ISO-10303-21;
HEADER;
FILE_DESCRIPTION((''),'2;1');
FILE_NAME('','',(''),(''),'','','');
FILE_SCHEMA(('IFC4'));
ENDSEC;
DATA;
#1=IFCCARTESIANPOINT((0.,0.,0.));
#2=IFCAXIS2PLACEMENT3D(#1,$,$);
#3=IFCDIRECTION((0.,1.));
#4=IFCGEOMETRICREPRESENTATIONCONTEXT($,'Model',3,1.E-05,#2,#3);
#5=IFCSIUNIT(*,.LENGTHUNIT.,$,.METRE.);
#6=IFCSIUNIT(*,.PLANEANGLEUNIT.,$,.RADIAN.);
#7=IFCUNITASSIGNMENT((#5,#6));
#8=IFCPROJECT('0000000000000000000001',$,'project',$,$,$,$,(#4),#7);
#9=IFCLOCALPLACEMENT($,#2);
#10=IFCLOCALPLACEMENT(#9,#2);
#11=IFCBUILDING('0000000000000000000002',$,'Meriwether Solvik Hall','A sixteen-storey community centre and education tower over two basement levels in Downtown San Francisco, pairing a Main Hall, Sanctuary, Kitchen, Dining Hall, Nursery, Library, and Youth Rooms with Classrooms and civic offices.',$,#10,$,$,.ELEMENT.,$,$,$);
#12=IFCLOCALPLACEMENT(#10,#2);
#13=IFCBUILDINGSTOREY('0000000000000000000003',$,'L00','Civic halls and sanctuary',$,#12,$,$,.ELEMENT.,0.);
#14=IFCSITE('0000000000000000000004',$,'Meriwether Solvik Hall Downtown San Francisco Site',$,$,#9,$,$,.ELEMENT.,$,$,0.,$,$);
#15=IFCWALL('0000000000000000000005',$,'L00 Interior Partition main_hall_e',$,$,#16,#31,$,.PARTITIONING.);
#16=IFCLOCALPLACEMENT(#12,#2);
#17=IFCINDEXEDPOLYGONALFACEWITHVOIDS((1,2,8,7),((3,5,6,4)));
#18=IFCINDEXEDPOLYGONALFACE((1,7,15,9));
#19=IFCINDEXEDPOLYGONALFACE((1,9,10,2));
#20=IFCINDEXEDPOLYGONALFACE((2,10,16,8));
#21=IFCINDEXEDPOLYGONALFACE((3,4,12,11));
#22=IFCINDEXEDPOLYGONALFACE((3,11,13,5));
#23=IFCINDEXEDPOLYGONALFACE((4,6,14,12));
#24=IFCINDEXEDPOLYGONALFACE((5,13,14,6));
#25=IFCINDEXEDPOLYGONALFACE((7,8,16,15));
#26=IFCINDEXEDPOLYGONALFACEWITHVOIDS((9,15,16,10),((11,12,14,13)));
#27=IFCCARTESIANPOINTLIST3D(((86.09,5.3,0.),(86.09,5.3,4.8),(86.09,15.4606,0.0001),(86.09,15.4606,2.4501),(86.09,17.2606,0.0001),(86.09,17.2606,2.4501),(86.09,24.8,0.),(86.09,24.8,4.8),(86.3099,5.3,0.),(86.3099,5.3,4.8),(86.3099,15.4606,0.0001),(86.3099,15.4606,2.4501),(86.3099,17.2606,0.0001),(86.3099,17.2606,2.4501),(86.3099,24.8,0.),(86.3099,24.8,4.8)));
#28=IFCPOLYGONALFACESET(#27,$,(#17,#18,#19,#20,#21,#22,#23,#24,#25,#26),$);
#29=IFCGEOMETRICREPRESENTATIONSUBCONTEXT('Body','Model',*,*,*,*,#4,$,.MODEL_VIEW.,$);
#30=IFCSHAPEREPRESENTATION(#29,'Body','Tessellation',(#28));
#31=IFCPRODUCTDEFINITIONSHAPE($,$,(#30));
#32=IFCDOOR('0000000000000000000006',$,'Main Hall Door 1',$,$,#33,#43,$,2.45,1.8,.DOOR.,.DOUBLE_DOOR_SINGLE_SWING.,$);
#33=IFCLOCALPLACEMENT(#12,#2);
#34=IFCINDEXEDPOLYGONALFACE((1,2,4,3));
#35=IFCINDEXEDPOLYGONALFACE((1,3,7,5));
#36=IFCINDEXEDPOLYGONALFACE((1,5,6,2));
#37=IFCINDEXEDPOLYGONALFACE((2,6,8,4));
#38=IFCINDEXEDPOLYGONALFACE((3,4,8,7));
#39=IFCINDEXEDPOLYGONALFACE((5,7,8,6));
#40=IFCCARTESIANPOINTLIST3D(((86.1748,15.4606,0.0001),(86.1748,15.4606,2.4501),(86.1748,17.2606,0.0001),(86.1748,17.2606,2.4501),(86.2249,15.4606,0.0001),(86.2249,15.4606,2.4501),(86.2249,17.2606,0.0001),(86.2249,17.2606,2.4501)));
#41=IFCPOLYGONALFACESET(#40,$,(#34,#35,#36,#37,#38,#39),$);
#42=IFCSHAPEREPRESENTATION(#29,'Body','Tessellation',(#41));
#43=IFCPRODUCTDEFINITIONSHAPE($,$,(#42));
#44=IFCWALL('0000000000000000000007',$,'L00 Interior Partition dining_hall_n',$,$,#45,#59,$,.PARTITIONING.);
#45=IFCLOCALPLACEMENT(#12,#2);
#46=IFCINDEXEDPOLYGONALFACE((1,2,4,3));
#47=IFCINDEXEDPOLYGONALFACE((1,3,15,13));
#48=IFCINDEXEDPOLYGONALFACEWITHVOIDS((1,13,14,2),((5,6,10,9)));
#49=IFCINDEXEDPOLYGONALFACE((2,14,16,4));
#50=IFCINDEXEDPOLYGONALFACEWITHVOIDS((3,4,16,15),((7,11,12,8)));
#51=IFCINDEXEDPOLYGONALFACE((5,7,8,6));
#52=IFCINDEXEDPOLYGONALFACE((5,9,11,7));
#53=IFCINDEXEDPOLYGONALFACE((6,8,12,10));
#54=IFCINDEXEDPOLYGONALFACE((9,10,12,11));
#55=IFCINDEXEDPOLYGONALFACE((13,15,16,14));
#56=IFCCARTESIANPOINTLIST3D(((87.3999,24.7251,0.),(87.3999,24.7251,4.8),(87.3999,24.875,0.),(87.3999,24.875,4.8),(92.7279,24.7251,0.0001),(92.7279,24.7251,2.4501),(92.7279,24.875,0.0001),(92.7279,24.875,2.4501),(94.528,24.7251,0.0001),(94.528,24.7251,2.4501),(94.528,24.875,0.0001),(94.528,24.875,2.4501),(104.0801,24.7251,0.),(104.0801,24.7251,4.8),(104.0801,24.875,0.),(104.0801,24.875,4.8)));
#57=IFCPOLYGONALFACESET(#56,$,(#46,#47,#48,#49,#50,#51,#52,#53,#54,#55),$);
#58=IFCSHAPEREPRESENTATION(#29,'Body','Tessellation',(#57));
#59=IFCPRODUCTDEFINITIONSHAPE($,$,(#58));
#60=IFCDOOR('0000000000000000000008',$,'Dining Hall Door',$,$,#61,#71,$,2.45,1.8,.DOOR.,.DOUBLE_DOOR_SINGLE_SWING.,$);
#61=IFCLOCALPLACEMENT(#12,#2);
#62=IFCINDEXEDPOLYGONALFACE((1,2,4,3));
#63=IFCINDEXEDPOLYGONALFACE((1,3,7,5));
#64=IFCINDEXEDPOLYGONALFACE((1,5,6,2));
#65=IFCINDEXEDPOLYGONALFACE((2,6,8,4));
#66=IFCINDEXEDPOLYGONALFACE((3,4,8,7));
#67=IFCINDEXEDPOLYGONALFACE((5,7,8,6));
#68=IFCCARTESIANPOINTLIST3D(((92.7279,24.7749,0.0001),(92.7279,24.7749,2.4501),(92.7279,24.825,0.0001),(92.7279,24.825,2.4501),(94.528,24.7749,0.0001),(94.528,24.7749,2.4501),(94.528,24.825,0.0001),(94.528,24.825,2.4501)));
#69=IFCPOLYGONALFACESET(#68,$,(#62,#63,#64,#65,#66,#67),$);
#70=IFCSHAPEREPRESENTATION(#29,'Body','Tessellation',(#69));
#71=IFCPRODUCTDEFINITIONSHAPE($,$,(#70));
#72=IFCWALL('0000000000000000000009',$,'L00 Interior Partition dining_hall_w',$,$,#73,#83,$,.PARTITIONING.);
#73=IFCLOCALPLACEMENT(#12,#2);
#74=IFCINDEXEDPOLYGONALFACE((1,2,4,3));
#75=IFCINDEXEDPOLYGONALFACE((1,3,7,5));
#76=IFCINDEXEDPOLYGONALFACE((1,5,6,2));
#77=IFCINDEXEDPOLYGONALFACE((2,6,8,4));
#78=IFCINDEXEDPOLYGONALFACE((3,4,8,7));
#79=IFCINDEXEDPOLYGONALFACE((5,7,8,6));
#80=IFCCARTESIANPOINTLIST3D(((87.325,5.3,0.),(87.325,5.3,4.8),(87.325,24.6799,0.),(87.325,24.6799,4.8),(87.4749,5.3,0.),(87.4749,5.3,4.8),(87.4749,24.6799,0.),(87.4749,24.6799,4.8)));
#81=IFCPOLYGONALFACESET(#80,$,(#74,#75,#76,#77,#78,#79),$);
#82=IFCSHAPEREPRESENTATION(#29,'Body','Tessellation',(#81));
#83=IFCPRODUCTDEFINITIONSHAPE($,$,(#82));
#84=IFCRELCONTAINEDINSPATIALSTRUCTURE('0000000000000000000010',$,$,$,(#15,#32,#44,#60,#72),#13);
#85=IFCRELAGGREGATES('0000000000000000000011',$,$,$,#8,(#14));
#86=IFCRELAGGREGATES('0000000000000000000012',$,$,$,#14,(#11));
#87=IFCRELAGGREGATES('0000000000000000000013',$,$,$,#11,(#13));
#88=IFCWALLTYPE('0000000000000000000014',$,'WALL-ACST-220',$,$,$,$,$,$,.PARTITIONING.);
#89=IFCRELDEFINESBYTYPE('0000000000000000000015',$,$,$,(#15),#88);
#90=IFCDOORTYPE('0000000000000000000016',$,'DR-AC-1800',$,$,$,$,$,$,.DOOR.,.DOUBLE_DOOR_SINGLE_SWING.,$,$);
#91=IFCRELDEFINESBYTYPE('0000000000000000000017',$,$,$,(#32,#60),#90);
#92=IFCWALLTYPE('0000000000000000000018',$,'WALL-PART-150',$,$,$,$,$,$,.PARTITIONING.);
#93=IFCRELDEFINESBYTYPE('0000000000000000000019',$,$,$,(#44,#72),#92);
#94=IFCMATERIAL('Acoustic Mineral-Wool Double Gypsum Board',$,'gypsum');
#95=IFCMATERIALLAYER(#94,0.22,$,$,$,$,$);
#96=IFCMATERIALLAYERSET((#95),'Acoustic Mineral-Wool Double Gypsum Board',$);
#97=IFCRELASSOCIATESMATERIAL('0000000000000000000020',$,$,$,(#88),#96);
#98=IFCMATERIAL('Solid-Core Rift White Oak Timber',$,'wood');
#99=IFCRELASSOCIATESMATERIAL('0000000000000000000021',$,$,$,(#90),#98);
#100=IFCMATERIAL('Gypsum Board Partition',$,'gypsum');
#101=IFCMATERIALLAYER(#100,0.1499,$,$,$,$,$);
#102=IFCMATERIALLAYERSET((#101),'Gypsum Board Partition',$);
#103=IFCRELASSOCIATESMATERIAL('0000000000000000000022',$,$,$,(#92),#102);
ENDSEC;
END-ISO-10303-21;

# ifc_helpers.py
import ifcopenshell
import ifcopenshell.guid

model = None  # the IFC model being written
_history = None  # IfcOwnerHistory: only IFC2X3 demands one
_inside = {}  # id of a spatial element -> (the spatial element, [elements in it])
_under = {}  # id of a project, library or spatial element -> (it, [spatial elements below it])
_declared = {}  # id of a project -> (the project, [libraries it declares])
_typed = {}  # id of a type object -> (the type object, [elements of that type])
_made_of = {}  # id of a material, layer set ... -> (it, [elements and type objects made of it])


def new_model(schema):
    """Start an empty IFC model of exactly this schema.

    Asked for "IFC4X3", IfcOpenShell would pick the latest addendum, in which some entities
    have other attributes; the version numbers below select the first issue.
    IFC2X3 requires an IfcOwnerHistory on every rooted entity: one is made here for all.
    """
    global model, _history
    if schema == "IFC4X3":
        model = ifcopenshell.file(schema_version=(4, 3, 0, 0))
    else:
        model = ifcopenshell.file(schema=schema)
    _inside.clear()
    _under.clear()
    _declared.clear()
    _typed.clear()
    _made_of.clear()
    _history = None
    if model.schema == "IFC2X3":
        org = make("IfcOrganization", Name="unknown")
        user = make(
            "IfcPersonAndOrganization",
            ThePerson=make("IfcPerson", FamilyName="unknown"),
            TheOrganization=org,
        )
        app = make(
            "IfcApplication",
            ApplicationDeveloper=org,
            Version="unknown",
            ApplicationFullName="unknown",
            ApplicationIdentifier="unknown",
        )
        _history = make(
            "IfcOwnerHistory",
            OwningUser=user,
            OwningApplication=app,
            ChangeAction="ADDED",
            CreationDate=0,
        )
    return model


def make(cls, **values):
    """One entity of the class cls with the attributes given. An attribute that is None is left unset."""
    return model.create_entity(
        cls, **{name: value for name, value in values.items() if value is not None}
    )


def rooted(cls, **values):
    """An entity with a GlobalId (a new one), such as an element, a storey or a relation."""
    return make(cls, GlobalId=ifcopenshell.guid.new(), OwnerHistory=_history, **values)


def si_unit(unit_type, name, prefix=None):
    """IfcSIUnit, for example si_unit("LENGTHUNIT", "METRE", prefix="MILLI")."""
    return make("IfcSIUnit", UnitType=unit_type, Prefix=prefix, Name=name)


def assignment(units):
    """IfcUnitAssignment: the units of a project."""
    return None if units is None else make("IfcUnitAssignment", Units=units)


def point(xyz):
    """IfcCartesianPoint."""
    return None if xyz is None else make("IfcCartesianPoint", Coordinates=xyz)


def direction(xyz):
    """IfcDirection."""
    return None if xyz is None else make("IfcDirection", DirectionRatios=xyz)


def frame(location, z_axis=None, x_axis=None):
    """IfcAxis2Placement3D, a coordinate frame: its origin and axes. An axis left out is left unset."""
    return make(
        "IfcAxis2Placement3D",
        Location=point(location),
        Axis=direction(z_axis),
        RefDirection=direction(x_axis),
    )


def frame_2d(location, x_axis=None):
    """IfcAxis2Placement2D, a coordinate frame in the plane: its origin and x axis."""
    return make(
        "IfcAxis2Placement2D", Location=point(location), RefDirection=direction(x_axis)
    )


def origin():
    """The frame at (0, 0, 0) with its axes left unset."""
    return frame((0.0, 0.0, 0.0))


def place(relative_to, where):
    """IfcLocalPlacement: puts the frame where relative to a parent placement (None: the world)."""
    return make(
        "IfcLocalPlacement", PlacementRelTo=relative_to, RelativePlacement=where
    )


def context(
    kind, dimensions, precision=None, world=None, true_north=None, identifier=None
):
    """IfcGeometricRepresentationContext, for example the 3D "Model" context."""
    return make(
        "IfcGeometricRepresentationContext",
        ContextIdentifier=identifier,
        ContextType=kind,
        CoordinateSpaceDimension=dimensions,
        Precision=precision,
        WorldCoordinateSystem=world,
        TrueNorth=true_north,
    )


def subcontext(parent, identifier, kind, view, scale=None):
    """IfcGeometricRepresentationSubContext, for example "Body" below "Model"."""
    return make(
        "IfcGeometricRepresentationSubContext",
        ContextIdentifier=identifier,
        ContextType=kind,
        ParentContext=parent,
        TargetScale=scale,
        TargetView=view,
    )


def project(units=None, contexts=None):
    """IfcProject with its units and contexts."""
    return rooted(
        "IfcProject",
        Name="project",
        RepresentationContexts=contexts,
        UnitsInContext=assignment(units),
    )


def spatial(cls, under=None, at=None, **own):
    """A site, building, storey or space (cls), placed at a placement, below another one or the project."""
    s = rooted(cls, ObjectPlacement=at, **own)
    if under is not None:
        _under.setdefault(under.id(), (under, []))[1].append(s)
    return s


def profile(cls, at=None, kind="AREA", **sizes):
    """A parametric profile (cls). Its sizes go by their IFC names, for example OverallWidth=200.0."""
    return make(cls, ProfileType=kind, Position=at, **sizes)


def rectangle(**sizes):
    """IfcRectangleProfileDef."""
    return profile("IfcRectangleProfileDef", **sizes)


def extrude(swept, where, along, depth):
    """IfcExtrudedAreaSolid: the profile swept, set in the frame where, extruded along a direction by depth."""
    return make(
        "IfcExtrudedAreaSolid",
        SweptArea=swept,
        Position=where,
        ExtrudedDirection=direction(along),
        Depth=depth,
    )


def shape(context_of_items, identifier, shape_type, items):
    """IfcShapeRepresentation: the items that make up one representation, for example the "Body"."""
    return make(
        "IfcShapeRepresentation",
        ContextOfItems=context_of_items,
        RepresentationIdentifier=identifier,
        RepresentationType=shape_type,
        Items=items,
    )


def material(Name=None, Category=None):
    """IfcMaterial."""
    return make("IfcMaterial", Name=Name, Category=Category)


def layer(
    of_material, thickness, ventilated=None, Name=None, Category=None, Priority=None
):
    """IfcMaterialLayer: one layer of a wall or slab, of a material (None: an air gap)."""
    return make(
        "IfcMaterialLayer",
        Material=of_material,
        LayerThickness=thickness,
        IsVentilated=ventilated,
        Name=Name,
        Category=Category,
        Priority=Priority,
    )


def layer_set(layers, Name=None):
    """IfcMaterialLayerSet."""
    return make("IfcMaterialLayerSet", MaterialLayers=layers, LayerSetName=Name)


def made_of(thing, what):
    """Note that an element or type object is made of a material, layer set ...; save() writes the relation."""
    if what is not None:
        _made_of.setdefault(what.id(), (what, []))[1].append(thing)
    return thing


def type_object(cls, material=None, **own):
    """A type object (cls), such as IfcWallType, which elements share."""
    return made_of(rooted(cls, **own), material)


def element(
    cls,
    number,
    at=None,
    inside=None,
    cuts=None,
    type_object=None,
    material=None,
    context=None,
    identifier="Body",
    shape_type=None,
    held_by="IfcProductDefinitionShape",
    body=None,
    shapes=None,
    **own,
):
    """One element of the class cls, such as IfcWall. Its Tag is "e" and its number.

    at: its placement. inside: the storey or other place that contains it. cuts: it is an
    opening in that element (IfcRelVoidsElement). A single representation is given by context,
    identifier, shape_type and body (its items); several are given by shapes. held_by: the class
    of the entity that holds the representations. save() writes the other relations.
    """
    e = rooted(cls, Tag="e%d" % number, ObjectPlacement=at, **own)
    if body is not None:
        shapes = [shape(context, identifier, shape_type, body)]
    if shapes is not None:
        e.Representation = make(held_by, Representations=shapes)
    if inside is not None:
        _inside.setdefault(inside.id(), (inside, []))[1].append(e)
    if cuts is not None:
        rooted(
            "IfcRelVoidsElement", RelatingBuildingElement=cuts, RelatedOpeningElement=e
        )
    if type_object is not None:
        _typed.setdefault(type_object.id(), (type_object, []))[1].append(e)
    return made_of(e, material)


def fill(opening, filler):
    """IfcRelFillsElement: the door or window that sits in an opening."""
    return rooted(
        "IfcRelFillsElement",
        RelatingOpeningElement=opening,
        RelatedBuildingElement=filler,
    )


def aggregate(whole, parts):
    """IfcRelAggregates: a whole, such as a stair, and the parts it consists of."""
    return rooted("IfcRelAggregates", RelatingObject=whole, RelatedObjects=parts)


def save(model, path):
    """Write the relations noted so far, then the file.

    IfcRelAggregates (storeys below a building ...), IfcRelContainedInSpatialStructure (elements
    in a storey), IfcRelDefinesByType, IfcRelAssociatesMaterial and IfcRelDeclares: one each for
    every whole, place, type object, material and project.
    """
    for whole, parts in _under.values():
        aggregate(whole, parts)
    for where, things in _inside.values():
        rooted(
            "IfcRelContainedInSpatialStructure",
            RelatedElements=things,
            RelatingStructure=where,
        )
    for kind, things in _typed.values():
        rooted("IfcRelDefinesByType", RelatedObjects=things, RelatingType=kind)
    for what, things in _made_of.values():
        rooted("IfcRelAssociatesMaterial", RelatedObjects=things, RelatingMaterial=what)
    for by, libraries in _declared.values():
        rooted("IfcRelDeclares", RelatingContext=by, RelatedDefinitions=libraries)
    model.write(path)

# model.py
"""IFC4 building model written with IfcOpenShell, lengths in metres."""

from ifc_helpers import new_model, si_unit, direction, frame, frame_2d, origin, place, context, subcontext, project, spatial, rectangle, extrude, material, layer, layer_set, type_object, element, fill, save


model = new_model("IFC4")

# Units and contexts
model_context = context("Model", 3, precision=1e-05, world=origin(), true_north=direction((0.0, 1.0)))
body_context = subcontext(model_context, "Body", "Model", "MODEL_VIEW")
ifc_project = project(units=[si_unit("LENGTHUNIT", "METRE"), si_unit("PLANEANGLEUNIT", "RADIAN")], contexts=[model_context])

# Site, building, storey
site_placement = place(None, origin())
site = spatial("IfcSite", under=ifc_project, at=site_placement, Name="Meriwether Solvik Hall Downtown San Francisco Site", CompositionType="ELEMENT", RefElevation=0.0)
building_placement = place(site_placement, origin())
building = spatial("IfcBuilding", under=site, at=building_placement, Name="Meriwether Solvik Hall", Description="A sixteen-storey community centre and education tower over two basement levels in Downtown San Francisco, pairing a Main Hall, Sanctuary, Kitchen, Dining Hall, Nursery, Library, and Youth Rooms with Classrooms and civic offices.", CompositionType="ELEMENT")
storey_placement = place(building_placement, origin())
storey = spatial("IfcBuildingStorey", under=building, at=storey_placement, Name="L00", Description="Civic halls and sanctuary", CompositionType="ELEMENT", Elevation=0.0)

# Walls, openings, doors
ifc_material_1 = material(Name="Acoustic Mineral-Wool Double Gypsum Board", Category="gypsum")
ifc_layer_1 = layer(ifc_material_1, 0.22)
ifc_layer_set_1 = layer_set([ifc_layer_1], Name="Acoustic Mineral-Wool Double Gypsum Board")
wall_type_1 = type_object("IfcWallType", Name="WALL-ACST-220", PredefinedType="PARTITIONING", material=ifc_layer_set_1)
wall_1_placement = place(storey_placement, frame((86.2, 24.8, 0.0), z_axis=(0.0, 0.0, 1.0), x_axis=(0.0, -1.0, 0.0)))
wall_1 = element("IfcWall", 1, at=wall_1_placement, inside=storey, type_object=wall_type_1, Name="L00 Interior Partition main_hall_e", PredefinedType="PARTITIONING", context=body_context, shape_type="SweptSolid", body=[
    extrude(rectangle(XDim=19.5, YDim=0.22, at=frame_2d((9.75, 0.0))), origin(), (0.0, 0.0, 1.0), 4.8),
])
opening_1_placement = place(wall_1_placement, frame((7.5396, 0.0, 0.0)))
opening_1 = element("IfcOpeningElement", 2, at=opening_1_placement, cuts=wall_1, PredefinedType="OPENING", context=body_context, shape_type="SweptSolid", body=[
    extrude(rectangle(XDim=1.8, YDim=2.45, at=frame_2d((0.8999, 1.2251))), frame((0.0, 0.1221, 0.0), z_axis=(0.0, -1.0, 0.0), x_axis=(1.0, 0.0, 0.0)), (0.0, 0.0, 1.0), 0.2439),
])
ifc_material_2 = material(Name="Solid-Core Rift White Oak Timber", Category="wood")
door_type = type_object("IfcDoorType", Name="DR-AC-1800", OperationType="DOUBLE_DOOR_SINGLE_SWING", PredefinedType="DOOR", material=ifc_material_2)
door_1_placement = place(opening_1_placement, origin())
door_1 = element("IfcDoor", 3, at=door_1_placement, inside=storey, type_object=door_type, Name="Main Hall Door 1", OperationType="DOUBLE_DOOR_SINGLE_SWING", OverallHeight=2.45, OverallWidth=1.8, PredefinedType="DOOR", context=body_context, shape_type="SweptSolid", body=[
    extrude(rectangle(XDim=1.8, YDim=2.45, at=frame_2d((0.8999, 1.2251))), frame((0.0, 0.0249, 0.0), z_axis=(0.0, -1.0, 0.0), x_axis=(1.0, 0.0, 0.0)), (0.0, 0.0, 1.0), 0.05),
])
fill(opening_1, door_1)
ifc_material_3 = material(Name="Gypsum Board Partition", Category="gypsum")
ifc_layer_2 = layer(ifc_material_3, 0.1499)
ifc_layer_set_2 = layer_set([ifc_layer_2], Name="Gypsum Board Partition")
wall_type_2 = type_object("IfcWallType", Name="WALL-PART-150", PredefinedType="PARTITIONING", material=ifc_layer_set_2)
wall_2_placement = place(storey_placement, frame((87.3999, 24.8, 0.0), z_axis=(0.0, 0.0, 1.0), x_axis=(1.0, 0.0, 0.0)))
wall_2 = element("IfcWall", 4, at=wall_2_placement, inside=storey, type_object=wall_type_2, Name="L00 Interior Partition dining_hall_n", PredefinedType="PARTITIONING", context=body_context, shape_type="SweptSolid", body=[
    extrude(rectangle(XDim=16.6802, YDim=0.1499, at=frame_2d((8.3401, 0.0))), origin(), (0.0, 0.0, 1.0), 4.8),
])
opening_2_placement = place(wall_2_placement, frame((5.3281, 0.0, 0.0)))
opening_2 = element("IfcOpeningElement", 5, at=opening_2_placement, cuts=wall_2, PredefinedType="OPENING", context=body_context, shape_type="SweptSolid", body=[
    extrude(rectangle(XDim=1.8, YDim=2.45, at=frame_2d((0.8999, 1.2251))), frame((0.0, 0.0869, 0.0), z_axis=(0.0, -1.0, 0.0), x_axis=(1.0, 0.0, 0.0)), (0.0, 0.0, 1.0), 0.1738),
])
door_2_placement = place(opening_2_placement, origin())
door_2 = element("IfcDoor", 6, at=door_2_placement, inside=storey, type_object=door_type, Name="Dining Hall Door", OperationType="DOUBLE_DOOR_SINGLE_SWING", OverallHeight=2.45, OverallWidth=1.8, PredefinedType="DOOR", context=body_context, shape_type="SweptSolid", body=[
    extrude(rectangle(XDim=1.8, YDim=2.45, at=frame_2d((0.8999, 1.2251))), frame((0.0, 0.0249, 0.0), z_axis=(0.0, -1.0, 0.0), x_axis=(1.0, 0.0, 0.0)), (0.0, 0.0, 1.0), 0.05),
])
fill(opening_2, door_2)

# Wall
wall_3_placement = place(storey_placement, frame((87.3999, 24.6799, 0.0), z_axis=(0.0, 0.0, 1.0), x_axis=(0.0, -1.0, 0.0)))
element("IfcWall", 7, at=wall_3_placement, inside=storey, type_object=wall_type_2, Name="L00 Interior Partition dining_hall_w", PredefinedType="PARTITIONING", context=body_context, shape_type="SweptSolid", body=[
    extrude(rectangle(XDim=19.3799, YDim=0.1499, at=frame_2d((9.6899, 0.0))), origin(), (0.0, 0.0, 1.0), 4.8),
])

save(model, "model.ifc")
